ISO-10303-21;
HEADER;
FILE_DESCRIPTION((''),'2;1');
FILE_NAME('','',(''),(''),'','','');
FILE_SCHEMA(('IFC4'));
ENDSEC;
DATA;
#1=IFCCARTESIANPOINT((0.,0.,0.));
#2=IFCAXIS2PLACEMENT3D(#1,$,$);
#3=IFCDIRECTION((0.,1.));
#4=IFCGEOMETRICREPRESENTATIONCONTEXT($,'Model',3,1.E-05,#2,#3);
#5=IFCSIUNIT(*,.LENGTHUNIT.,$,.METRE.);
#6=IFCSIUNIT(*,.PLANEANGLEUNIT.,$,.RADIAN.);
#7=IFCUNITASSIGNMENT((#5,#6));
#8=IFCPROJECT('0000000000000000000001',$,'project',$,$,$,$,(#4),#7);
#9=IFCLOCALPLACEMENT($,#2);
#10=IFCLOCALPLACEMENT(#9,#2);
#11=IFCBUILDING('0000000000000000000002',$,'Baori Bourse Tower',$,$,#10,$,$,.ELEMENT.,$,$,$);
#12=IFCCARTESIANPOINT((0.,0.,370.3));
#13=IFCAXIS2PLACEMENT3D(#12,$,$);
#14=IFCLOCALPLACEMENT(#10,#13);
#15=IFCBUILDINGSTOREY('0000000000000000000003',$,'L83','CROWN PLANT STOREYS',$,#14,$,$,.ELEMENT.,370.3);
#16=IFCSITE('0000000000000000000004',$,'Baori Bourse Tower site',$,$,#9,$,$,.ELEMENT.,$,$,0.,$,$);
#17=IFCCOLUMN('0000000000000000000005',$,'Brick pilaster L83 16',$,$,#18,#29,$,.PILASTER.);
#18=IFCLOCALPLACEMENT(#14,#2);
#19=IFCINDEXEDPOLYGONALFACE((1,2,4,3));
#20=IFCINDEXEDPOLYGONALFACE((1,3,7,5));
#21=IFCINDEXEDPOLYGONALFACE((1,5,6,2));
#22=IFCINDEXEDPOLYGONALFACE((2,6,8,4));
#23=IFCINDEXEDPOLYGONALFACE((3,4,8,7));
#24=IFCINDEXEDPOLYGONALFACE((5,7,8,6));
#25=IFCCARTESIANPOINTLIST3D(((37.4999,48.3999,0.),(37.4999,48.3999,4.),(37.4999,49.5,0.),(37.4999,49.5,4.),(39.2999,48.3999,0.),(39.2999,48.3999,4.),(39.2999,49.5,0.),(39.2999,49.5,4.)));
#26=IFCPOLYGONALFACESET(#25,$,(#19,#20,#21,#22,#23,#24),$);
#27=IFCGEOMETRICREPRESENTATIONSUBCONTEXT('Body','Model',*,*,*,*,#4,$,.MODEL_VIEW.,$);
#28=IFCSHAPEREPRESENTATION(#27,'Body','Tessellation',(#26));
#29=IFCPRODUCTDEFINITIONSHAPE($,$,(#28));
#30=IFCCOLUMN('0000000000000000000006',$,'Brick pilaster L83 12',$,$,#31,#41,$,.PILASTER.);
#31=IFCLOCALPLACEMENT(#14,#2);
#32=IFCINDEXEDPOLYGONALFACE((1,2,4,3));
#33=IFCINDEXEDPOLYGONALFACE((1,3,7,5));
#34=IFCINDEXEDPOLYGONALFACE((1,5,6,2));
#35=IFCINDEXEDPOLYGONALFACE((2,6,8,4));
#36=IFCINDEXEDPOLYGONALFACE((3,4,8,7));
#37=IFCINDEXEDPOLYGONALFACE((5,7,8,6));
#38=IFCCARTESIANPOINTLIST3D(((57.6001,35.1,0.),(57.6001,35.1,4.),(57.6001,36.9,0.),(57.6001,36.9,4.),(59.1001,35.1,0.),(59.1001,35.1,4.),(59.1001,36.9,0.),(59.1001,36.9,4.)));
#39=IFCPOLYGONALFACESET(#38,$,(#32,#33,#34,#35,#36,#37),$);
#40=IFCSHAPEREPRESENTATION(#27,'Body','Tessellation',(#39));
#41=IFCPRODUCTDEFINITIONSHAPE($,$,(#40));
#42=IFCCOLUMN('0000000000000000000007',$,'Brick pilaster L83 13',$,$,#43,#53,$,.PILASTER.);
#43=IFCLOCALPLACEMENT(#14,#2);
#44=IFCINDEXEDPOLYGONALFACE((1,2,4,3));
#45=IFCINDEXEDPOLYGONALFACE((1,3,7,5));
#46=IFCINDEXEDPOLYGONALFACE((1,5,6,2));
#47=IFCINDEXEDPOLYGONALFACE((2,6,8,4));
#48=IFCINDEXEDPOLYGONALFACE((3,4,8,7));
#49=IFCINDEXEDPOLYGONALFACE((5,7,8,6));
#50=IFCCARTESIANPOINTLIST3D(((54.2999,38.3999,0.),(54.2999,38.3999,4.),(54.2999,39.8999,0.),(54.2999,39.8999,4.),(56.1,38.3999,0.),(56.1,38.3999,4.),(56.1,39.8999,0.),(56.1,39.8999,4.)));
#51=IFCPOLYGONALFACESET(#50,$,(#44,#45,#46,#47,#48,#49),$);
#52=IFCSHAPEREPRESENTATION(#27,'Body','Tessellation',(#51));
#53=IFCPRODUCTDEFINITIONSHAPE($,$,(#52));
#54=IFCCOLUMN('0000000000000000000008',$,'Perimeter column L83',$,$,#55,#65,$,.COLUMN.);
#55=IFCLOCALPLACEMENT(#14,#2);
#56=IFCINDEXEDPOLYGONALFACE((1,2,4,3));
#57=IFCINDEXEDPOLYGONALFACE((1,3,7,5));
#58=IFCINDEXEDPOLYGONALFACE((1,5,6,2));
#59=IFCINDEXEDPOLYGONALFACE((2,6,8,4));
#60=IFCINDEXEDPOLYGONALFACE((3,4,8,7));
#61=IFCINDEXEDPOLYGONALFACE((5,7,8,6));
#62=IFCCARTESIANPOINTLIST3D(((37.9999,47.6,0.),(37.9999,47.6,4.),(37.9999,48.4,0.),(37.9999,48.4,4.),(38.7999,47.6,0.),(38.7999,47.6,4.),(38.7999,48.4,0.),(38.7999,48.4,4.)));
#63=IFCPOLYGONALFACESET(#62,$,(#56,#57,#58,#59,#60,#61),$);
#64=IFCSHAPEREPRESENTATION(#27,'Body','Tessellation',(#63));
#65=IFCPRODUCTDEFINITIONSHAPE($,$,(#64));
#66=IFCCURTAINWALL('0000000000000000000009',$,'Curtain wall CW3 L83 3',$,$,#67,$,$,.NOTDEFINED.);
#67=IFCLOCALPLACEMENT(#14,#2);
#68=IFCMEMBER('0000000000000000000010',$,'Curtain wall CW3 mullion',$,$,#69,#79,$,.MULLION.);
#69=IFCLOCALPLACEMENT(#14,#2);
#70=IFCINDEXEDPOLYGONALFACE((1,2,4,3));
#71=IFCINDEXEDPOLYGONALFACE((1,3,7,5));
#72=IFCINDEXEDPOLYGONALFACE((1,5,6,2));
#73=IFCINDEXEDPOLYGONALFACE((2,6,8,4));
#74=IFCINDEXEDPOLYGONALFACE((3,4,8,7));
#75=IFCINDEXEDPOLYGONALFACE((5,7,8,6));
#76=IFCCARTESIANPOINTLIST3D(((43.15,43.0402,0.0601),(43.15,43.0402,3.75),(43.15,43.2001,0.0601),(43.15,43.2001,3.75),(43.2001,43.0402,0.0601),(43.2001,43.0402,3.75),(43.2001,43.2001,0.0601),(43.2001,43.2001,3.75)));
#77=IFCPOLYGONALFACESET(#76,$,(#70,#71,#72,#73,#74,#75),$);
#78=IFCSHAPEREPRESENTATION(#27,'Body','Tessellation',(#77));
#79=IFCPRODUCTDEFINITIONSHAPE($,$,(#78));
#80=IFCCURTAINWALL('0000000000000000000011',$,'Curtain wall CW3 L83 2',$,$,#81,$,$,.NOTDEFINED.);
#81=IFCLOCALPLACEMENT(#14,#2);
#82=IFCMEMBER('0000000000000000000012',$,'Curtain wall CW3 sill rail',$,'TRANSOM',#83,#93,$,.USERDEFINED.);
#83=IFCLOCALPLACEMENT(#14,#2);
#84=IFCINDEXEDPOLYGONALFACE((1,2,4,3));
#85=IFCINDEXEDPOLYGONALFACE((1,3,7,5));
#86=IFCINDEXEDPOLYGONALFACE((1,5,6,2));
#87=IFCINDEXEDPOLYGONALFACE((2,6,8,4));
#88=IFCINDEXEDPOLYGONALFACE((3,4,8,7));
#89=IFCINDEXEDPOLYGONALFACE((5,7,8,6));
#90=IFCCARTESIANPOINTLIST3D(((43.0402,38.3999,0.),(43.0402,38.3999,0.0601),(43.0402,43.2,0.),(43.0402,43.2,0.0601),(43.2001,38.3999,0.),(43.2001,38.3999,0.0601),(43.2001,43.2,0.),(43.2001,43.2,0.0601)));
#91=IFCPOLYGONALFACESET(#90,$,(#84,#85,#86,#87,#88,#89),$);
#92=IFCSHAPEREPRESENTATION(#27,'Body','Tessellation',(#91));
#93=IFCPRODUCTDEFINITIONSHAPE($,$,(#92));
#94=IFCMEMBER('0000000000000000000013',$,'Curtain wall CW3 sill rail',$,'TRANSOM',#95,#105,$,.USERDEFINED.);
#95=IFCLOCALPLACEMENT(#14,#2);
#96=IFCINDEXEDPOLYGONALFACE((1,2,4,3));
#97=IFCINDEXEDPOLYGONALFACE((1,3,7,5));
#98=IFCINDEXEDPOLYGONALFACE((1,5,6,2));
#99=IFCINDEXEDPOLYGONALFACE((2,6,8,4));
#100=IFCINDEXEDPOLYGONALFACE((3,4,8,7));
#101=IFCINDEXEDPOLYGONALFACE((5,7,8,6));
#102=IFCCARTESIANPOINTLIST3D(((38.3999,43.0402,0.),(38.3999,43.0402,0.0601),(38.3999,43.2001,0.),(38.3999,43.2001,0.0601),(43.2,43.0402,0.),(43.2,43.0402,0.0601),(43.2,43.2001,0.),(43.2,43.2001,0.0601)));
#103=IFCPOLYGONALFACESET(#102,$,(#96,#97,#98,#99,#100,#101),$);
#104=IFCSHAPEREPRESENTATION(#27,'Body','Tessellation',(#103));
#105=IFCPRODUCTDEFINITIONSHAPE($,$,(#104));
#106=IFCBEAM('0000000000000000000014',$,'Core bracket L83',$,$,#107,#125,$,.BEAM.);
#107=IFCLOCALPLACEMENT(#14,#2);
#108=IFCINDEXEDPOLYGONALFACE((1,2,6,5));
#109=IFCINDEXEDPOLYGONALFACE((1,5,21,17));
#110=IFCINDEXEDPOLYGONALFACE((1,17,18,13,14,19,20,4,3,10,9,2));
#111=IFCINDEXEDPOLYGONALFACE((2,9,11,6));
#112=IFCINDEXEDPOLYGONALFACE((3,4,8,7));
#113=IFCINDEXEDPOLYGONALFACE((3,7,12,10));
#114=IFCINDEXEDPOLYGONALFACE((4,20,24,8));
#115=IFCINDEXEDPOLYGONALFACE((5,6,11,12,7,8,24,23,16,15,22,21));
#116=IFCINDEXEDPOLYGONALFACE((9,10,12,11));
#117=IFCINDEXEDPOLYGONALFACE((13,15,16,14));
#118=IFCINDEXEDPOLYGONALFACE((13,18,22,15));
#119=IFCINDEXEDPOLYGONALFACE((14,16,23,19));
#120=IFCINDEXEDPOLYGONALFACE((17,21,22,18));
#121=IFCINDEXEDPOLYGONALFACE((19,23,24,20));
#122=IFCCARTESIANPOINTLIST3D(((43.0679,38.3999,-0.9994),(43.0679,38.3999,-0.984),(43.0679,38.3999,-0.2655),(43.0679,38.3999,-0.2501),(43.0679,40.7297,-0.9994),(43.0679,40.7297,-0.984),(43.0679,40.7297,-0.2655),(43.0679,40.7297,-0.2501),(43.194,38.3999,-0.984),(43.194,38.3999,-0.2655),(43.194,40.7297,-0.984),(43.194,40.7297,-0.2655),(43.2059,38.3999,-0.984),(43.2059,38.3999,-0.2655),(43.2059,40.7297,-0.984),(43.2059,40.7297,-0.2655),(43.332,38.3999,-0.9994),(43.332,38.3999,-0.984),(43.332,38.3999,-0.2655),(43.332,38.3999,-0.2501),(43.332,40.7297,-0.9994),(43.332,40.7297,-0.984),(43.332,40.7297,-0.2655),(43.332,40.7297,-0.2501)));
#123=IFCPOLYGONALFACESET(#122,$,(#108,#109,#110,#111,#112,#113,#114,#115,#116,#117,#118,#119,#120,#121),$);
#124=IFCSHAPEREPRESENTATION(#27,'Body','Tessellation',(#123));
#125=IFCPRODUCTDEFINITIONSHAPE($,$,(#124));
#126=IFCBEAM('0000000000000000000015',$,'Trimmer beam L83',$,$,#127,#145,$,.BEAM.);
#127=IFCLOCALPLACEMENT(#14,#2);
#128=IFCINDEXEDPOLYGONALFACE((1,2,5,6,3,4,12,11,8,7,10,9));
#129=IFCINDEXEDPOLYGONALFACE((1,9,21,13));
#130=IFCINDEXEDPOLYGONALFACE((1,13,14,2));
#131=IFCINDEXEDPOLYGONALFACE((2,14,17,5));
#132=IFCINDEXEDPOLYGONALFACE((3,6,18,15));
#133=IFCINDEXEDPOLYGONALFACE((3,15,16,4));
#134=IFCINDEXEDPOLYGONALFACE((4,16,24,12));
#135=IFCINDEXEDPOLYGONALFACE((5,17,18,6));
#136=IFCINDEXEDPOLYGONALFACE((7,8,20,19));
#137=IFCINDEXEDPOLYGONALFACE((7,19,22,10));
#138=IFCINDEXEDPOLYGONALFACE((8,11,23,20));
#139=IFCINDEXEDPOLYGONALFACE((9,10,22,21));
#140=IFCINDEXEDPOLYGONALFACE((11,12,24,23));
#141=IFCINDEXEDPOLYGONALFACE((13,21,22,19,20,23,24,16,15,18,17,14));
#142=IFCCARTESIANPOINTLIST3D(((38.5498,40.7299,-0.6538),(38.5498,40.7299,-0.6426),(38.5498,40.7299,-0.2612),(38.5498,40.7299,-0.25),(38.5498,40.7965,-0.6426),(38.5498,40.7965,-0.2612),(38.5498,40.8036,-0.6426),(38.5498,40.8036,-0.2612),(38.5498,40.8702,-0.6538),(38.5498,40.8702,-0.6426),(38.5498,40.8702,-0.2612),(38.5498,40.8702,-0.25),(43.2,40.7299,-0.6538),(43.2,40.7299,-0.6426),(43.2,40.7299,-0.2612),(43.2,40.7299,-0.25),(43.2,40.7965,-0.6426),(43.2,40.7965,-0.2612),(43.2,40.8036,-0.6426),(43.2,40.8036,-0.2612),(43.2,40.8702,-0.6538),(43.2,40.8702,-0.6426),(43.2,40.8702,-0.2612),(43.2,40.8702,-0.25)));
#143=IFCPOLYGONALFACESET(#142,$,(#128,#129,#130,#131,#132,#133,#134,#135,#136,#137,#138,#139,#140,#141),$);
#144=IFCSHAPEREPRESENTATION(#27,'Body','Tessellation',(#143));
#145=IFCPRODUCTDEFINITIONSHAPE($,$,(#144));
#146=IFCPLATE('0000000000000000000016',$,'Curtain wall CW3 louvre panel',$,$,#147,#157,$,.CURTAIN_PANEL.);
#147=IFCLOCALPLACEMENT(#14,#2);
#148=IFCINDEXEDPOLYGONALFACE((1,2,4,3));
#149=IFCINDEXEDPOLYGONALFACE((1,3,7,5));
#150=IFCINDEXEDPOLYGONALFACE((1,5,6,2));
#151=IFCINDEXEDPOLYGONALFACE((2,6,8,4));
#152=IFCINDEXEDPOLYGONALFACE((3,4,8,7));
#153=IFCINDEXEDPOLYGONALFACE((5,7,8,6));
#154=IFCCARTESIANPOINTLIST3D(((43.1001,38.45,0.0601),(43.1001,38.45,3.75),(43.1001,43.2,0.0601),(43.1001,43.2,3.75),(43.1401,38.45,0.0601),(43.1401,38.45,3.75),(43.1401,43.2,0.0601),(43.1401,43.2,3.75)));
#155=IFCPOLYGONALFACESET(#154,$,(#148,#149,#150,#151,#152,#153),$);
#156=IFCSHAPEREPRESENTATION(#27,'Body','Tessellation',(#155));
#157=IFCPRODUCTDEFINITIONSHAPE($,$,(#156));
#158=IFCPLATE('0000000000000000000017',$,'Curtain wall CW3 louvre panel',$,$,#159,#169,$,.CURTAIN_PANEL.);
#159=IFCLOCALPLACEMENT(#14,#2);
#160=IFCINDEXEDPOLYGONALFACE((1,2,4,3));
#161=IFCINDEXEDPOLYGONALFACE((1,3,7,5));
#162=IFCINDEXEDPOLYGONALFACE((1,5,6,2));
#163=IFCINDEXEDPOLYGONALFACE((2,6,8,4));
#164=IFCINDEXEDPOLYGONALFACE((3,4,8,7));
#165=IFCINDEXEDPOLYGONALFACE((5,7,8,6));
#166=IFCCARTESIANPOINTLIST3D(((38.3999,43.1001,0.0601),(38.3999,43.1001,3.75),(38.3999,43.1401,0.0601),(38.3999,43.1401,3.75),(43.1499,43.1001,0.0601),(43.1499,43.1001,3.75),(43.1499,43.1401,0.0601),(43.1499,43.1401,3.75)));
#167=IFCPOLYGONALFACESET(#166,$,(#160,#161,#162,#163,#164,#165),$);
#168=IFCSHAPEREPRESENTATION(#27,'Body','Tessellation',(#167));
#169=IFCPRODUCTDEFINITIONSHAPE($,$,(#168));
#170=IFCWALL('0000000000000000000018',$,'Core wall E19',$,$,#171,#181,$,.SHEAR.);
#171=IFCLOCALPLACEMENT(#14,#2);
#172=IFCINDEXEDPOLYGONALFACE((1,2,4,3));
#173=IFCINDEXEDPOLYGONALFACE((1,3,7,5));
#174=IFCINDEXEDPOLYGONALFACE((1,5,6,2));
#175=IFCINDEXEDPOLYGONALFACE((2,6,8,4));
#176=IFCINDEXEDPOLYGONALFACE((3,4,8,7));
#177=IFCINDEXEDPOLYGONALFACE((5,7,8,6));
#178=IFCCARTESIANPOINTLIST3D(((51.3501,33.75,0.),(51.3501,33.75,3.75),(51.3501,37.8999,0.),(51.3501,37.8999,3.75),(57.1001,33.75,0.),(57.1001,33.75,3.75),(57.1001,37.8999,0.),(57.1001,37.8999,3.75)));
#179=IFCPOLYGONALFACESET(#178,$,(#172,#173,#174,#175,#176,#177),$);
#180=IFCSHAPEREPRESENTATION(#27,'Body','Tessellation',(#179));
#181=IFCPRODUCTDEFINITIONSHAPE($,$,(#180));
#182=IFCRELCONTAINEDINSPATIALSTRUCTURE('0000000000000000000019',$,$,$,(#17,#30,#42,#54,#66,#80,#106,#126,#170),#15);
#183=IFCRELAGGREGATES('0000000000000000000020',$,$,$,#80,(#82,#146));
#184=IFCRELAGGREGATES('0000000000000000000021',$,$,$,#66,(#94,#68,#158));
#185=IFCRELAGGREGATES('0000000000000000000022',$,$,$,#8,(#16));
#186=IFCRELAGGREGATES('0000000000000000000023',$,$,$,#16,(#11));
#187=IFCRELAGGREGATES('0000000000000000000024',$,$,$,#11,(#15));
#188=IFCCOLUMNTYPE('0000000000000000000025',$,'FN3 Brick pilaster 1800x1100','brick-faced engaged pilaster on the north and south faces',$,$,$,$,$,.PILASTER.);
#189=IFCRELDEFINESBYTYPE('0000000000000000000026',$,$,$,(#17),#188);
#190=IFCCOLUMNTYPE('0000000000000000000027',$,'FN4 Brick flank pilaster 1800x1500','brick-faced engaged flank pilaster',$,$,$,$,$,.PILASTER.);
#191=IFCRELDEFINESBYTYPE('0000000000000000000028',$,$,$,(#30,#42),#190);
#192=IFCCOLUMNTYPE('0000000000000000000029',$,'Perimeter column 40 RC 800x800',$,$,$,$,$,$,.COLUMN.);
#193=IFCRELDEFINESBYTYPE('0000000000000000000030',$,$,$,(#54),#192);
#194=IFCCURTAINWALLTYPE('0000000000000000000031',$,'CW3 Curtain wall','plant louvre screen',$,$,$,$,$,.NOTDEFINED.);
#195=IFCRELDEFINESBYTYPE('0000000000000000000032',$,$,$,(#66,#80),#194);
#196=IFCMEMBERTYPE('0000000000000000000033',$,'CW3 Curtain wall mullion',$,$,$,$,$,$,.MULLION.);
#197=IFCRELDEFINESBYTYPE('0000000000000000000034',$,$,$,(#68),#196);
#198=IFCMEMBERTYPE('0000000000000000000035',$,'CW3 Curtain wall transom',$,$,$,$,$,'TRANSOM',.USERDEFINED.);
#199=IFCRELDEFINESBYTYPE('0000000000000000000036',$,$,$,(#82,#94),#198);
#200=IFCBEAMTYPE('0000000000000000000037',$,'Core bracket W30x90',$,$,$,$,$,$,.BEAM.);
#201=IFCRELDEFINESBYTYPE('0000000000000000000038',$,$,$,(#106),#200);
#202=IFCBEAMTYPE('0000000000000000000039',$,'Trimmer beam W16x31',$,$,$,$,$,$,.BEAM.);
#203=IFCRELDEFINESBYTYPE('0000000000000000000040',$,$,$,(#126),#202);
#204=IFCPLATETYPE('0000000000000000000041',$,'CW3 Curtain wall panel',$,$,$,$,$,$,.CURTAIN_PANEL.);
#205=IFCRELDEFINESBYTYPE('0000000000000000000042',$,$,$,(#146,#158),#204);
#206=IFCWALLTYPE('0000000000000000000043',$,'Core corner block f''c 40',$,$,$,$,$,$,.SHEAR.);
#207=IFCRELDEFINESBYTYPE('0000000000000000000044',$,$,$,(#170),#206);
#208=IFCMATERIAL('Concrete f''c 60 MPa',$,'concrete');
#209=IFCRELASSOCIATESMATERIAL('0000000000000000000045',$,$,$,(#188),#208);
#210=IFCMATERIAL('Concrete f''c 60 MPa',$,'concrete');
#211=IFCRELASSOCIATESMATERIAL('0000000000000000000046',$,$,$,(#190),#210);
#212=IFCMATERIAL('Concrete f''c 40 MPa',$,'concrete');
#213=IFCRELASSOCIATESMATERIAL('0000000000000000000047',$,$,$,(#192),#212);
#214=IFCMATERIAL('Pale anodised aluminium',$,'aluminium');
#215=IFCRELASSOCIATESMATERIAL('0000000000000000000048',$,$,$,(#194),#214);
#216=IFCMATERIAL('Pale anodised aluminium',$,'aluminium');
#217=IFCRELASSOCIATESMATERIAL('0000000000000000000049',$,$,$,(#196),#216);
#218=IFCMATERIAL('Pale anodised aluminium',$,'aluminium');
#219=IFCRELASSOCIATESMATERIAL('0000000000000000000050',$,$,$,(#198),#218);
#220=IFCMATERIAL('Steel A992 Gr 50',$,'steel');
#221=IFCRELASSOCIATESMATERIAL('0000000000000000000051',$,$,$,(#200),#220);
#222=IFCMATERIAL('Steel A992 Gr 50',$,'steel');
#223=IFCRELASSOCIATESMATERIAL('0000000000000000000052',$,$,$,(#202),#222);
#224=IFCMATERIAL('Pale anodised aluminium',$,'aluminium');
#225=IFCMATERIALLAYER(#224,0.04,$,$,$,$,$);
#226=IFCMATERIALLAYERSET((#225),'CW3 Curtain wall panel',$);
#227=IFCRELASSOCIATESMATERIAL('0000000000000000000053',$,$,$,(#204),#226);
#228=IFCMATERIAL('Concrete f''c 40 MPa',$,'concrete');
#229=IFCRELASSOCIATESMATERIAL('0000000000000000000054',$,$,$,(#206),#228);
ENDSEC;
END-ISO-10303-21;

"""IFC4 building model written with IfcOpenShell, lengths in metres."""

from ifc_helpers import new_model, si_unit, direction, frame, frame_2d, origin, origin_2d, place, context, subcontext, project, spatial, rectangle, i_section, extrude, material, layer, layer_set, material_profile, profile_set, type_object, element, aggregate, save


model = new_model("IFC4")

# Units and contexts
model_context = context("Model", 3, precision=1e-05, world=origin(), true_north=direction((0.0, 1.0)))
body_context = subcontext(model_context, "Body", "Model", "MODEL_VIEW")
ifc_project = project(units=[si_unit("LENGTHUNIT", "METRE"), si_unit("PLANEANGLEUNIT", "RADIAN")], contexts=[model_context])

# Site, building, storey
site_placement = place(None, origin())
site = spatial("IfcSite", under=ifc_project, at=site_placement, Name="Baori Bourse Tower site", CompositionType="ELEMENT", RefElevation=0.0)
building_placement = place(site_placement, origin())
building = spatial("IfcBuilding", under=site, at=building_placement, Name="Baori Bourse Tower", CompositionType="ELEMENT")
storey_placement = place(building_placement, frame((0.0, 0.0, 370.3)))
storey = spatial("IfcBuildingStorey", under=building, at=storey_placement, Name="L83", Description="CROWN PLANT STOREYS", CompositionType="ELEMENT", Elevation=370.3)

# Columns
ifc_material_1 = material(Name="Concrete f'c 60 MPa", Category="concrete")
ifc_material_profile_1 = material_profile(ifc_material_1, rectangle(XDim=1.8, YDim=1.1001, at=origin_2d()), Name="RC 1800x1100")
ifc_profile_set_1 = profile_set([ifc_material_profile_1], Name="Concrete f'c 60 MPa")
column_type_1 = type_object("IfcColumnType", Name="FN3 Brick pilaster 1800x1100", Description="brick-faced engaged pilaster on the north and south faces", PredefinedType="PILASTER", material=ifc_profile_set_1)
column_1_placement = place(storey_placement, frame((38.3999, 48.95, 0.0), z_axis=(0.0, 0.0, 1.0), x_axis=(1.0, 0.0, 0.0)))
element("IfcColumn", 1, at=column_1_placement, inside=storey, type_object=column_type_1, Name="Brick pilaster L83 16", PredefinedType="PILASTER", context=body_context, shape_type="SweptSolid", body=[
    extrude(rectangle(XDim=1.8, YDim=1.1001, at=origin_2d()), origin(), (0.0, 0.0, 1.0), 4.0),
])
ifc_material_2 = material(Name="Concrete f'c 60 MPa", Category="concrete")
ifc_material_profile_2 = material_profile(ifc_material_2, rectangle(XDim=1.8, YDim=1.5, at=origin_2d()), Name="RC 1800x1500")
ifc_profile_set_2 = profile_set([ifc_material_profile_2], Name="Concrete f'c 60 MPa")
column_type_2 = type_object("IfcColumnType", Name="FN4 Brick flank pilaster 1800x1500", Description="brick-faced engaged flank pilaster", PredefinedType="PILASTER", material=ifc_profile_set_2)
for number, where, z_axis, x_axis, name in (
    (2, (58.3501, 36.0, 0.0), (0.0, 0.0, 1.0), (0.0, 1.0, 0.0), "Brick pilaster L83 12"),
    (3, (55.2, 39.1499, 0.0), (0.0, 0.0, 1.0), (1.0, 0.0, 0.0), "Brick pilaster L83 13"),
):
    element("IfcColumn", number, at=place(storey_placement, frame(where, z_axis=z_axis, x_axis=x_axis)), inside=storey, type_object=column_type_2, Name=name, PredefinedType="PILASTER", context=body_context, shape_type="SweptSolid", body=[
        extrude(rectangle(XDim=1.8, YDim=1.5, at=origin_2d()), origin(), (0.0, 0.0, 1.0), 4.0),
    ])
ifc_material_3 = material(Name="Concrete f'c 40 MPa", Category="concrete")
ifc_material_profile_3 = material_profile(ifc_material_3, rectangle(XDim=0.8, YDim=0.8, at=origin_2d()), Name="RC 800x800")
ifc_profile_set_3 = profile_set([ifc_material_profile_3], Name="Concrete f'c 40 MPa")
column_type_3 = type_object("IfcColumnType", Name="Perimeter column 40 RC 800x800", PredefinedType="COLUMN", material=ifc_profile_set_3)
column_2_placement = place(storey_placement, frame((38.3999, 48.0, 0.0), z_axis=(0.0, 0.0, 1.0), x_axis=(1.0, 0.0, 0.0)))
element("IfcColumn", 4, at=column_2_placement, inside=storey, type_object=column_type_3, Name="Perimeter column L83", PredefinedType="COLUMN", context=body_context, shape_type="SweptSolid", body=[
    extrude(rectangle(XDim=0.8, YDim=0.8, at=origin_2d()), origin(), (0.0, 0.0, 1.0), 4.0),
])

# Curtain walls, members
ifc_material_4 = material(Name="Pale anodised aluminium", Category="aluminium")
curtain_wall_type = type_object("IfcCurtainWallType", Name="CW3 Curtain wall", Description="plant louvre screen", PredefinedType="NOTDEFINED", material=ifc_material_4)
curtain_wall_1_placement = place(storey_placement, origin())
curtain_wall_1 = element("IfcCurtainWall", 5, at=curtain_wall_1_placement, inside=storey, type_object=curtain_wall_type, Name="Curtain wall CW3 L83 3", PredefinedType="NOTDEFINED")
ifc_material_5 = material(Name="Pale anodised aluminium", Category="aluminium")
ifc_material_profile_4 = material_profile(ifc_material_5, rectangle(XDim=0.1599, YDim=0.05, at=origin_2d()), Name="Mullion 50x160")
ifc_profile_set_4 = profile_set([ifc_material_profile_4], Name="Pale anodised aluminium")
member_type_1 = type_object("IfcMemberType", Name="CW3 Curtain wall mullion", PredefinedType="MULLION", material=ifc_profile_set_4)
member_1_placement = place(storey_placement, frame((43.175, 43.1201, 0.0601), z_axis=(0.0, 0.0, 1.0), x_axis=(0.0, -1.0, 0.0)))
member_1 = element("IfcMember", 6, at=member_1_placement, type_object=member_type_1, Name="Curtain wall CW3 mullion", PredefinedType="MULLION", context=body_context, shape_type="SweptSolid", body=[
    extrude(rectangle(XDim=0.1599, YDim=0.05, at=origin_2d()), origin(), (0.0, 0.0, 1.0), 3.6899),
])
curtain_wall_2_placement = place(storey_placement, origin())
curtain_wall_2 = element("IfcCurtainWall", 7, at=curtain_wall_2_placement, inside=storey, type_object=curtain_wall_type, Name="Curtain wall CW3 L83 2", PredefinedType="NOTDEFINED")
ifc_material_6 = material(Name="Pale anodised aluminium", Category="aluminium")
ifc_material_profile_5 = material_profile(ifc_material_6, rectangle(XDim=0.1599, YDim=0.0601, at=origin_2d()), Name="Transom 60x160")
ifc_profile_set_5 = profile_set([ifc_material_profile_5], Name="Pale anodised aluminium")
member_type_2 = type_object("IfcMemberType", Name="CW3 Curtain wall transom", ElementType="TRANSOM", PredefinedType="USERDEFINED", material=ifc_profile_set_5)
member_2_placement = place(storey_placement, frame((43.1201, 38.3999, 0.03), z_axis=(0.0, 1.0, 0.0), x_axis=(-1.0, 0.0, 0.0)))
member_2 = element("IfcMember", 8, at=member_2_placement, type_object=member_type_2, Name="Curtain wall CW3 sill rail", ObjectType="TRANSOM", PredefinedType="USERDEFINED", context=body_context, shape_type="SweptSolid", body=[
    extrude(rectangle(XDim=0.1599, YDim=0.0601, at=origin_2d()), origin(), (0.0, 0.0, 1.0), 4.8),
])

# Member
member_3_placement = place(storey_placement, frame((43.2, 43.1201, 0.03), z_axis=(-1.0, 0.0, 0.0), x_axis=(0.0, -1.0, 0.0)))
member_3 = element("IfcMember", 9, at=member_3_placement, type_object=member_type_2, Name="Curtain wall CW3 sill rail", ObjectType="TRANSOM", PredefinedType="USERDEFINED", context=body_context, shape_type="SweptSolid", body=[
    extrude(rectangle(XDim=0.1599, YDim=0.0601, at=origin_2d()), origin(), (0.0, 0.0, 1.0), 4.8),
])

# Beams
ifc_material_7 = material(Name="Steel A992 Gr 50", Category="steel")
ifc_material_profile_6 = material_profile(ifc_material_7, i_section(OverallWidth=0.2642, OverallDepth=0.7493, WebThickness=0.012, FlangeThickness=0.0154, at=origin_2d()), Name="W30x90")
ifc_profile_set_6 = profile_set([ifc_material_profile_6], Name="Steel A992 Gr 50")
beam_type_1 = type_object("IfcBeamType", Name="Core bracket W30x90", PredefinedType="BEAM", material=ifc_profile_set_6)
beam_1_placement = place(storey_placement, frame((43.2, 38.3999, -0.6248), z_axis=(0.0, 1.0, 0.0), x_axis=(-1.0, 0.0, 0.0)))
element("IfcBeam", 10, at=beam_1_placement, inside=storey, type_object=beam_type_1, Name="Core bracket L83", PredefinedType="BEAM", context=body_context, shape_type="SweptSolid", body=[
    extrude(i_section(OverallWidth=0.2642, OverallDepth=0.7493, WebThickness=0.012, FlangeThickness=0.0154, at=origin_2d()), origin(), (0.0, 0.0, 1.0), 2.3298),
])
ifc_material_8 = material(Name="Steel A992 Gr 50", Category="steel")
ifc_material_profile_7 = material_profile(ifc_material_8, i_section(OverallWidth=0.1404, OverallDepth=0.4038, WebThickness=0.0071, FlangeThickness=0.0112, at=origin_2d()), Name="W16x31")
ifc_profile_set_7 = profile_set([ifc_material_profile_7], Name="Steel A992 Gr 50")
beam_type_2 = type_object("IfcBeamType", Name="Trimmer beam W16x31", PredefinedType="BEAM", material=ifc_profile_set_7)
beam_2_placement = place(storey_placement, frame((38.5498, 40.8, -0.4519), z_axis=(1.0, 0.0, 0.0), x_axis=(0.0, 1.0, 0.0)))
element("IfcBeam", 11, at=beam_2_placement, inside=storey, type_object=beam_type_2, Name="Trimmer beam L83", PredefinedType="BEAM", context=body_context, shape_type="SweptSolid", body=[
    extrude(i_section(OverallWidth=0.1404, OverallDepth=0.4038, WebThickness=0.0071, FlangeThickness=0.0112, at=origin_2d()), origin(), (0.0, 0.0, 1.0), 4.6501),
])

# Plates
ifc_material_9 = material(Name="Pale anodised aluminium", Category="aluminium")
ifc_layer_1 = layer(ifc_material_9, 0.04)
ifc_layer_set_1 = layer_set([ifc_layer_1], Name="CW3 Curtain wall panel")
plate_type = type_object("IfcPlateType", Name="CW3 Curtain wall panel", PredefinedType="CURTAIN_PANEL", material=ifc_layer_set_1)
plate_1_placement = place(storey_placement, frame((43.1201, 40.825, 0.0601), z_axis=(0.0, 0.0, 1.0), x_axis=(0.0, 1.0, 0.0)))
plate_1 = element("IfcPlate", 12, at=plate_1_placement, type_object=plate_type, Name="Curtain wall CW3 louvre panel", PredefinedType="CURTAIN_PANEL", context=body_context, shape_type="SweptSolid", body=[
    extrude(rectangle(XDim=4.75, YDim=0.04, at=origin_2d()), origin(), (0.0, 0.0, 1.0), 3.6899),
])
aggregate(curtain_wall_2, [member_2, plate_1])
plate_2_placement = place(storey_placement, frame((40.7749, 43.1201, 0.0601), z_axis=(0.0, 0.0, 1.0), x_axis=(-1.0, 0.0, 0.0)))
plate_2 = element("IfcPlate", 13, at=plate_2_placement, type_object=plate_type, Name="Curtain wall CW3 louvre panel", PredefinedType="CURTAIN_PANEL", context=body_context, shape_type="SweptSolid", body=[
    extrude(rectangle(XDim=4.75, YDim=0.04, at=origin_2d()), origin(), (0.0, 0.0, 1.0), 3.6899),
])
aggregate(curtain_wall_1, [member_3, member_1, plate_2])

# Wall
ifc_material_10 = material(Name="Concrete f'c 40 MPa", Category="concrete")
wall_type_1 = type_object("IfcWallType", Name="Core corner block f'c 40", PredefinedType="SHEAR", material=ifc_material_10)
wall_1_placement = place(storey_placement, frame((51.3501, 35.825, 0.0), z_axis=(0.0, 0.0, 1.0), x_axis=(1.0, 0.0, 0.0)))
element("IfcWall", 14, at=wall_1_placement, inside=storey, type_object=wall_type_1, Name="Core wall E19", PredefinedType="SHEAR", context=body_context, shape_type="SweptSolid", body=[
    extrude(rectangle(XDim=5.75, YDim=4.1499, at=frame_2d((2.875, 0.0))), origin(), (0.0, 0.0, 1.0), 3.75),
])

save(model, "model.ifc")
